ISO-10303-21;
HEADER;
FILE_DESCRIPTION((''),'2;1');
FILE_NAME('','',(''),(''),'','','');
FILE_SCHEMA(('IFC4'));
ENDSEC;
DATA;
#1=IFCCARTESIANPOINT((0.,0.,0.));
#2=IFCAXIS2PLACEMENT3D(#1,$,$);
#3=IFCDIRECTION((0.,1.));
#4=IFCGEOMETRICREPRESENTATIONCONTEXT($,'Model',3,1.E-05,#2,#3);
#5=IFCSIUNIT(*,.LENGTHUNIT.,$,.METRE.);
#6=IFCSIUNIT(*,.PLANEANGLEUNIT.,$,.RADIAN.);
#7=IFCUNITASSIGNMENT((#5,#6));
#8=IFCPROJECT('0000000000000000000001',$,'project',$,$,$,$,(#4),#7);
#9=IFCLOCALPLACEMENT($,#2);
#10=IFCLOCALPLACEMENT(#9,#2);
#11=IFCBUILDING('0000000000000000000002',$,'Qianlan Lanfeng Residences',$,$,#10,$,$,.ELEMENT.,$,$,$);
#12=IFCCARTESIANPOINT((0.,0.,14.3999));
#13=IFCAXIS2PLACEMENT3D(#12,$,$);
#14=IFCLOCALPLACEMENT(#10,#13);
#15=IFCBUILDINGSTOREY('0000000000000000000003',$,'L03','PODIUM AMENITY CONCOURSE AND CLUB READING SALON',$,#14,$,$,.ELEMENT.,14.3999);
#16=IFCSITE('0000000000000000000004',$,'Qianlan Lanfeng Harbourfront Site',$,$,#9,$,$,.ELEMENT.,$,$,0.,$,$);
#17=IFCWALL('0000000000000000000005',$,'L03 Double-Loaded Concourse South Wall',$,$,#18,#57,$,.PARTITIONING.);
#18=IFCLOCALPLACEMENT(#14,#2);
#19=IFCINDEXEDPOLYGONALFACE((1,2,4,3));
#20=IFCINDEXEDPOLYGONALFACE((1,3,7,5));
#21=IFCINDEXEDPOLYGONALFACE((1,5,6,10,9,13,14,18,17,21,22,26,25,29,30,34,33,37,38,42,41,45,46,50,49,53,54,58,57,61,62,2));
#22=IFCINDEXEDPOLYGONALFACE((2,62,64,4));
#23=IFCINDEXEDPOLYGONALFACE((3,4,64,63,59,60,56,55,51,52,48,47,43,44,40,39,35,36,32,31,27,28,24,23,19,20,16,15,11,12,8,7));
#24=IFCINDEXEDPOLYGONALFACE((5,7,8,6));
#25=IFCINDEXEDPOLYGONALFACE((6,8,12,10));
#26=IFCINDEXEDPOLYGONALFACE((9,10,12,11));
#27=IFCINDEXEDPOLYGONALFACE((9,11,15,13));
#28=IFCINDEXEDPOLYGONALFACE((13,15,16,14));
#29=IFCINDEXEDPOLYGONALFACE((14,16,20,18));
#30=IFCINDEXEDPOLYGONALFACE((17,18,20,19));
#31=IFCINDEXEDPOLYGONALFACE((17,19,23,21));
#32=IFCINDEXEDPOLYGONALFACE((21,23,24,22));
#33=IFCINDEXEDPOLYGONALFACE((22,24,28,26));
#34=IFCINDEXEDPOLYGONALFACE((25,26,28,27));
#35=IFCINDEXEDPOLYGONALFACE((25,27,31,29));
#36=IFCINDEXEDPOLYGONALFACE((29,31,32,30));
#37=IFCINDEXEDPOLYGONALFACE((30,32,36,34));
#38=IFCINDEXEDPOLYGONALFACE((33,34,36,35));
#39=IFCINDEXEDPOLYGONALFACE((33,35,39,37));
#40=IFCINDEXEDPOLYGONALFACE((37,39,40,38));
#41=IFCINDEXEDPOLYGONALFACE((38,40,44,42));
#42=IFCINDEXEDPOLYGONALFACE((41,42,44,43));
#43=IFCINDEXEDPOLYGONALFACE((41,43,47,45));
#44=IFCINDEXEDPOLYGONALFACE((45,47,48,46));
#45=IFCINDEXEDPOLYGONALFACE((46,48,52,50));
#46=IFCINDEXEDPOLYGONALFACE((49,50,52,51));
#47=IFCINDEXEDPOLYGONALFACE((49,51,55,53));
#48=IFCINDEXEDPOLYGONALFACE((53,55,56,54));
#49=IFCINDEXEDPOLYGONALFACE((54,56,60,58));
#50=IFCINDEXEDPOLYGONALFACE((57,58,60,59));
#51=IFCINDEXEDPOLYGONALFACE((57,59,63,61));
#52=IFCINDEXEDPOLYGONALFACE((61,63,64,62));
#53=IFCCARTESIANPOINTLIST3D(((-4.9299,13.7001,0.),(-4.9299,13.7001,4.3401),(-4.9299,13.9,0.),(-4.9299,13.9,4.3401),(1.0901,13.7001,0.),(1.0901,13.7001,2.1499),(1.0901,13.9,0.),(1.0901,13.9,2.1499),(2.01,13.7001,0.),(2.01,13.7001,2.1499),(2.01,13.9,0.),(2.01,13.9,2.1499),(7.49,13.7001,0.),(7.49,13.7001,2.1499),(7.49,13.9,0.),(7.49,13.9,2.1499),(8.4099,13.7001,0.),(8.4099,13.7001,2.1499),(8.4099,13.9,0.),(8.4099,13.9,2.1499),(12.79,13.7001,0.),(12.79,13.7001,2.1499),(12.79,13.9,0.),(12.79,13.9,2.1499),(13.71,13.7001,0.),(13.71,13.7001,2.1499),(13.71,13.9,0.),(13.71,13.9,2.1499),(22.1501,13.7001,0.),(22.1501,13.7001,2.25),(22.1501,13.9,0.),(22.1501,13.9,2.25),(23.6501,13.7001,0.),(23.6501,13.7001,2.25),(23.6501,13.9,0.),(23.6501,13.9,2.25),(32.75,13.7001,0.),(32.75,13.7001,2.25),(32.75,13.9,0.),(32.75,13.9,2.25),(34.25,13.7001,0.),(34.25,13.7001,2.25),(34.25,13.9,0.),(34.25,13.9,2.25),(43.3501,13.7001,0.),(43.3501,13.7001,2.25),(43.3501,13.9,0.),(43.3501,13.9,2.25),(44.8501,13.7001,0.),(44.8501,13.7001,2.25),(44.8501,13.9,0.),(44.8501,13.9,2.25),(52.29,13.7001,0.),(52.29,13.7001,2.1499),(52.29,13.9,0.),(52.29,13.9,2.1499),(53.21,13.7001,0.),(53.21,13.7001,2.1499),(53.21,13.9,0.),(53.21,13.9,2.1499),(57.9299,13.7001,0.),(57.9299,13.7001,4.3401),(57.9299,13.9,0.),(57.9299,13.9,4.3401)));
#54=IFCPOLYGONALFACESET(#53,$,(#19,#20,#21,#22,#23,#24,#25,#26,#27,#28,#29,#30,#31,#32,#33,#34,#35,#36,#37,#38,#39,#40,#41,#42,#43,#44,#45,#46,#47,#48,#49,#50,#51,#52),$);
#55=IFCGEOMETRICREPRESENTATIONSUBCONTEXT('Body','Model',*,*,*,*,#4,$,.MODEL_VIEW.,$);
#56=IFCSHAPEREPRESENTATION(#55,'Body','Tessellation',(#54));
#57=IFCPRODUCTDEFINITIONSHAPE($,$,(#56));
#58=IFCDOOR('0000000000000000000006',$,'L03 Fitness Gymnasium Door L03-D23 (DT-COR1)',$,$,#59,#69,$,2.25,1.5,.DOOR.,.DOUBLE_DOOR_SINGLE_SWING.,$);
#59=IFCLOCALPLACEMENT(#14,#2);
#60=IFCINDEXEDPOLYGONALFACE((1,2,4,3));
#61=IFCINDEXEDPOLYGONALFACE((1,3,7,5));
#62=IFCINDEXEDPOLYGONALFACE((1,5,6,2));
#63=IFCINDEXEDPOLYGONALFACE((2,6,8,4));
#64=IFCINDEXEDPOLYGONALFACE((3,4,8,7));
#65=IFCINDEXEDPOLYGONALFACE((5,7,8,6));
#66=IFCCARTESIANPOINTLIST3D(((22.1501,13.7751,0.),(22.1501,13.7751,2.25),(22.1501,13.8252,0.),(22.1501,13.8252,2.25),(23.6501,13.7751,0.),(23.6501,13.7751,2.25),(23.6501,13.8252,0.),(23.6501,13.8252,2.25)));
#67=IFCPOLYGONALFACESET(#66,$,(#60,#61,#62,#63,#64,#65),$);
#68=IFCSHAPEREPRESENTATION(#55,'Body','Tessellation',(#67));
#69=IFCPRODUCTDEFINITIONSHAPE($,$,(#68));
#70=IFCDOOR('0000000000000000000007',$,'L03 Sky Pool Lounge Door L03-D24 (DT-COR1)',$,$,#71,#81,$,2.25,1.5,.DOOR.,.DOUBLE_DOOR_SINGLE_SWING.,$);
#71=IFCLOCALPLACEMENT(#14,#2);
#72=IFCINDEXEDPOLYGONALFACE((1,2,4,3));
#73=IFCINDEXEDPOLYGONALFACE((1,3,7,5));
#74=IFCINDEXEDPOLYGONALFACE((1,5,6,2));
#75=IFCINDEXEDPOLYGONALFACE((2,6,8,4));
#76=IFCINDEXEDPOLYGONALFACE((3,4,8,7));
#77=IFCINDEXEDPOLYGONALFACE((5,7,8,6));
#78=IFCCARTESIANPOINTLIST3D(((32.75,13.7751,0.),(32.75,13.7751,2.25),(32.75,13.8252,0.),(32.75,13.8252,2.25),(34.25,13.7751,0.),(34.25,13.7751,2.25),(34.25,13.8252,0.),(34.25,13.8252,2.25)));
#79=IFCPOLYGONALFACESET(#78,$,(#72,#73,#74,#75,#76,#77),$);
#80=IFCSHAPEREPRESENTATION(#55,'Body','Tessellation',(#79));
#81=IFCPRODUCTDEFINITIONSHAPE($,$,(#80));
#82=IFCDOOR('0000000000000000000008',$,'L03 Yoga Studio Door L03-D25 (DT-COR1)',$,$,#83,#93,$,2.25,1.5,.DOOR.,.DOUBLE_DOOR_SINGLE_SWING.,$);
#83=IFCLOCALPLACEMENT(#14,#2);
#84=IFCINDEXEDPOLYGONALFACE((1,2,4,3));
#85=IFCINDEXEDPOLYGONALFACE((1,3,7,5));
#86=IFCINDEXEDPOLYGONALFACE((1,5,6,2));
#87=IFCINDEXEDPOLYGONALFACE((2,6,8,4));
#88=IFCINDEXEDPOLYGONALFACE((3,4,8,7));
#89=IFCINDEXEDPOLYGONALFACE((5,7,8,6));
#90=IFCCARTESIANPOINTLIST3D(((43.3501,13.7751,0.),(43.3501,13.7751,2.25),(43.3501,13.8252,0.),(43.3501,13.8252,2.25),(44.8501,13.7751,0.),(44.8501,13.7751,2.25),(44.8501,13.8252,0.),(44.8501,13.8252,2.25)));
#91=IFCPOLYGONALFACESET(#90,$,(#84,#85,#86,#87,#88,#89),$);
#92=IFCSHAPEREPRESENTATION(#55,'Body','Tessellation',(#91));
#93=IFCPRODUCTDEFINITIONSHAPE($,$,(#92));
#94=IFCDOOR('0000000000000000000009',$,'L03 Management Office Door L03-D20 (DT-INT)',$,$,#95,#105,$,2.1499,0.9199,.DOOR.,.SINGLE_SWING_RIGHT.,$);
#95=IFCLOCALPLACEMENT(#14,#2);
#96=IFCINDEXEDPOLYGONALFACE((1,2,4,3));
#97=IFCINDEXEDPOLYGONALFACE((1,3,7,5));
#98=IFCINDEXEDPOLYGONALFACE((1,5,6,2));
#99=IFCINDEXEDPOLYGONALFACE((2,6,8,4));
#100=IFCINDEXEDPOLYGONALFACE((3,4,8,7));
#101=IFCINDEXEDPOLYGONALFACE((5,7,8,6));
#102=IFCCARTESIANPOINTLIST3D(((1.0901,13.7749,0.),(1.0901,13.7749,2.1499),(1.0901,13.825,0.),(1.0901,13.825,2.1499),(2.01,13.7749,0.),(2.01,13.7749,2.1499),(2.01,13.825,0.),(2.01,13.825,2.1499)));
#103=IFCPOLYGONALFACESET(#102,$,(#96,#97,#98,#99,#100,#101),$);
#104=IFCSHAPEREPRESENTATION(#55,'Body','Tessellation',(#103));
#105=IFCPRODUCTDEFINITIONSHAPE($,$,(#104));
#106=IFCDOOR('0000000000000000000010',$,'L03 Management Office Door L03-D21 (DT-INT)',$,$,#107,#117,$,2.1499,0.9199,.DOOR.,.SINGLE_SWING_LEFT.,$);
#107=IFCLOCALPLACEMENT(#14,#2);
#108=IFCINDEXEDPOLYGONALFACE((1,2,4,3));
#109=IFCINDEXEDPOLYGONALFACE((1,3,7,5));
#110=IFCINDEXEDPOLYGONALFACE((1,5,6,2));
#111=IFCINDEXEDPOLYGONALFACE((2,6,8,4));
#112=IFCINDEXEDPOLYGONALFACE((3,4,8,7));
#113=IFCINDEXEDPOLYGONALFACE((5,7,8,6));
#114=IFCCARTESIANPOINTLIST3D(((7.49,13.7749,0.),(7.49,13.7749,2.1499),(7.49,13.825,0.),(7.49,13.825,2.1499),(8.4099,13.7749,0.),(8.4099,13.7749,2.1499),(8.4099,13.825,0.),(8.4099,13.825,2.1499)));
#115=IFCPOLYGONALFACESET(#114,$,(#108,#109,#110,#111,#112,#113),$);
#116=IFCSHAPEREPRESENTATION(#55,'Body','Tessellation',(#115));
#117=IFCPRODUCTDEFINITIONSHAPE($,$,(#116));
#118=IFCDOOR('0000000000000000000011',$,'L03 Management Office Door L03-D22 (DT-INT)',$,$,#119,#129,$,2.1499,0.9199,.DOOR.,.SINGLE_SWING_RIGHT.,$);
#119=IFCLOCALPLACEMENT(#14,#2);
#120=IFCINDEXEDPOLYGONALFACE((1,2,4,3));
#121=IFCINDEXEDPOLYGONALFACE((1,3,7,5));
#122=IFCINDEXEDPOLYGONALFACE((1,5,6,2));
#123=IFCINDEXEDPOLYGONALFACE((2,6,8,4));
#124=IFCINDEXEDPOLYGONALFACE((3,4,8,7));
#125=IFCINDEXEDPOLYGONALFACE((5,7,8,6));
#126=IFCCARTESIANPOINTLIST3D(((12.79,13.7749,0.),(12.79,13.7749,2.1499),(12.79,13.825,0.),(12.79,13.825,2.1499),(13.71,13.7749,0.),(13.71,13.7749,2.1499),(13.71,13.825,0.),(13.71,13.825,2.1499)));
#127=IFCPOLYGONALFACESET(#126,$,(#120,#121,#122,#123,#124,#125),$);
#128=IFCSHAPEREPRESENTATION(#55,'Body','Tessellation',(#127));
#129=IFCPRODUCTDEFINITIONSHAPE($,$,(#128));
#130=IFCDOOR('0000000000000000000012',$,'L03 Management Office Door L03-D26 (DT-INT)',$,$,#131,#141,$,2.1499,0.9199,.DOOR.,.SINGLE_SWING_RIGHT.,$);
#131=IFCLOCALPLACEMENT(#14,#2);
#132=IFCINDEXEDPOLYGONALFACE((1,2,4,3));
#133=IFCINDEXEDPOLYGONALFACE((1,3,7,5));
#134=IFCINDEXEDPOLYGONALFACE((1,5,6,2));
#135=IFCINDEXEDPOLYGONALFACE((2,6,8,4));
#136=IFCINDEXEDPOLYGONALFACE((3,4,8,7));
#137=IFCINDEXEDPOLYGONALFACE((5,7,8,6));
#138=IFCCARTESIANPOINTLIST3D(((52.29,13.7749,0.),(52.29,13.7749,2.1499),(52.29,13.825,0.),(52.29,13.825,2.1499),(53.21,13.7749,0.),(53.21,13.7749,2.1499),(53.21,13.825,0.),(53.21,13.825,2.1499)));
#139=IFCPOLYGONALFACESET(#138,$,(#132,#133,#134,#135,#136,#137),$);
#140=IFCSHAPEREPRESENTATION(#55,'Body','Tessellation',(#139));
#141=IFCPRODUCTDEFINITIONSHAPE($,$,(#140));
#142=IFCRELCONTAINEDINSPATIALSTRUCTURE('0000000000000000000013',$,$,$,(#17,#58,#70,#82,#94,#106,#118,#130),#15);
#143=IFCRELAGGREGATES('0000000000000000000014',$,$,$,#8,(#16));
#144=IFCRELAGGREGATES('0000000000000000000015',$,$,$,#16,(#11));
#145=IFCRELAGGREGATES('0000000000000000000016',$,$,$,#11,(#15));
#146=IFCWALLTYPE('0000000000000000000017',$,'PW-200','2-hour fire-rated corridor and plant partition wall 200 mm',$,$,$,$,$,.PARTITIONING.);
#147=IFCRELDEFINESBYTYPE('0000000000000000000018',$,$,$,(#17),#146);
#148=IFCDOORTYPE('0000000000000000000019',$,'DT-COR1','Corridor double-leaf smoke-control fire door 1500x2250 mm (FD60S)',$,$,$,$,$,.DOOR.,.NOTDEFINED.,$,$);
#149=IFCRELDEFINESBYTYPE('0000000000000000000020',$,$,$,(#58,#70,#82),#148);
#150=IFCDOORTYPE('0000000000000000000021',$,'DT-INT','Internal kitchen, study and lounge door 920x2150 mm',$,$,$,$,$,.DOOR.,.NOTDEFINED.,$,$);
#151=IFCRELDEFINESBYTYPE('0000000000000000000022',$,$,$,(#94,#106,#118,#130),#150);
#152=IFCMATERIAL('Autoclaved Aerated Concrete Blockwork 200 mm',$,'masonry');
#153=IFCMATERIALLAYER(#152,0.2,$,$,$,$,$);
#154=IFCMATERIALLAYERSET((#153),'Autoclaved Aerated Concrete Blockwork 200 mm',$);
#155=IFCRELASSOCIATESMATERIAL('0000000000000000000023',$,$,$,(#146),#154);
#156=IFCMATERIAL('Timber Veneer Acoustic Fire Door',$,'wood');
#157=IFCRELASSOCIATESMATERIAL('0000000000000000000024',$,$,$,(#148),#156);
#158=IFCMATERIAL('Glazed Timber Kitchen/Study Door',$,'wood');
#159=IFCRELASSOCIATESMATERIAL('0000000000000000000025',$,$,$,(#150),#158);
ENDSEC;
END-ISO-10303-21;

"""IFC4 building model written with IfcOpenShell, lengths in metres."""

from ifc_helpers import new_model, si_unit, direction, frame, frame_2d, origin, place, context, subcontext, project, spatial, rectangle, extrude, material, layer, layer_set, type_object, element, fill, save


model = new_model("IFC4")

# Units and contexts
model_context = context("Model", 3, precision=1e-05, world=origin(), true_north=direction((0.0, 1.0)))
body_context = subcontext(model_context, "Body", "Model", "MODEL_VIEW")
ifc_project = project(units=[si_unit("LENGTHUNIT", "METRE"), si_unit("PLANEANGLEUNIT", "RADIAN")], contexts=[model_context])

# Site, building, storey
site_placement = place(None, origin())
site = spatial("IfcSite", under=ifc_project, at=site_placement, Name="Qianlan Lanfeng Harbourfront Site", CompositionType="ELEMENT", RefElevation=0.0)
building_placement = place(site_placement, origin())
building = spatial("IfcBuilding", under=site, at=building_placement, Name="Qianlan Lanfeng Residences", CompositionType="ELEMENT")
storey_placement = place(building_placement, frame((0.0, 0.0, 14.3999)))
storey = spatial("IfcBuildingStorey", under=building, at=storey_placement, Name="L03", Description="PODIUM AMENITY CONCOURSE AND CLUB READING SALON", CompositionType="ELEMENT", Elevation=14.3999)

# Wall, openings, doors
ifc_material_1 = material(Name="Autoclaved Aerated Concrete Blockwork 200 mm", Category="masonry")
ifc_layer_1 = layer(ifc_material_1, 0.2)
ifc_layer_set_1 = layer_set([ifc_layer_1], Name="Autoclaved Aerated Concrete Blockwork 200 mm")
wall_type = type_object("IfcWallType", Name="PW-200", Description="2-hour fire-rated corridor and plant partition wall 200 mm", PredefinedType="PARTITIONING", material=ifc_layer_set_1)
wall_placement = place(storey_placement, frame((-4.9299, 13.8, 0.0), z_axis=(0.0, 0.0, 1.0), x_axis=(1.0, 0.0, 0.0)))
wall = element("IfcWall", 1, at=wall_placement, inside=storey, type_object=wall_type, Name="L03 Double-Loaded Concourse South Wall", PredefinedType="PARTITIONING", context=body_context, shape_type="SweptSolid", body=[
    extrude(rectangle(XDim=62.8599, YDim=0.2, at=frame_2d((31.4299, 0.0))), origin(), (0.0, 0.0, 1.0), 4.3401),
])
opening_1_placement = place(wall_placement, frame((6.02, 0.0, 0.0)))
opening_1 = element("IfcOpeningElement", 2, at=opening_1_placement, cuts=wall, PredefinedType="OPENING", context=body_context, shape_type="SweptSolid", body=[
    extrude(rectangle(XDim=0.9199, YDim=2.1499, at=frame_2d((0.46, 1.075))), frame((0.0, 0.1099, 0.0), z_axis=(0.0, -1.0, 0.0), x_axis=(1.0, 0.0, 0.0)), (0.0, 0.0, 1.0), 0.22),
])
opening_2_placement = place(wall_placement, frame((12.4199, 0.0, 0.0)))
opening_2 = element("IfcOpeningElement", 3, at=opening_2_placement, cuts=wall, PredefinedType="OPENING", context=body_context, shape_type="SweptSolid", body=[
    extrude(rectangle(XDim=0.9199, YDim=2.1499, at=frame_2d((0.46, 1.075))), frame((0.0, 0.1099, 0.0), z_axis=(0.0, -1.0, 0.0), x_axis=(1.0, 0.0, 0.0)), (0.0, 0.0, 1.0), 0.22),
])
opening_3_placement = place(wall_placement, frame((17.72, 0.0, 0.0)))
opening_3 = element("IfcOpeningElement", 4, at=opening_3_placement, cuts=wall, PredefinedType="OPENING", context=body_context, shape_type="SweptSolid", body=[
    extrude(rectangle(XDim=0.9199, YDim=2.1499, at=frame_2d((0.46, 1.075))), frame((0.0, 0.1099, 0.0), z_axis=(0.0, -1.0, 0.0), x_axis=(1.0, 0.0, 0.0)), (0.0, 0.0, 1.0), 0.22),
])
opening_4_placement = place(wall_placement, frame((27.0801, 0.0, 0.0)))
opening_4 = element("IfcOpeningElement", 5, at=opening_4_placement, cuts=wall, PredefinedType="OPENING", context=body_context, shape_type="SweptSolid", body=[
    extrude(rectangle(XDim=1.5, YDim=2.25, at=frame_2d((0.75, 1.125))), frame((0.0, 0.1099, 0.0), z_axis=(0.0, -1.0, 0.0), x_axis=(1.0, 0.0, 0.0)), (0.0, 0.0, 1.0), 0.22),
])
opening_5_placement = place(wall_placement, frame((37.6799, 0.0, 0.0)))
opening_5 = element("IfcOpeningElement", 6, at=opening_5_placement, cuts=wall, PredefinedType="OPENING", context=body_context, shape_type="SweptSolid", body=[
    extrude(rectangle(XDim=1.5, YDim=2.25, at=frame_2d((0.75, 1.125))), frame((0.0, 0.1099, 0.0), z_axis=(0.0, -1.0, 0.0), x_axis=(1.0, 0.0, 0.0)), (0.0, 0.0, 1.0), 0.22),
])
opening_6_placement = place(wall_placement, frame((48.28, 0.0, 0.0)))
opening_6 = element("IfcOpeningElement", 7, at=opening_6_placement, cuts=wall, PredefinedType="OPENING", context=body_context, shape_type="SweptSolid", body=[
    extrude(rectangle(XDim=1.5, YDim=2.25, at=frame_2d((0.75, 1.125))), frame((0.0, 0.1099, 0.0), z_axis=(0.0, -1.0, 0.0), x_axis=(1.0, 0.0, 0.0)), (0.0, 0.0, 1.0), 0.22),
])
opening_7_placement = place(wall_placement, frame((57.22, 0.0, 0.0)))
opening_7 = element("IfcOpeningElement", 8, at=opening_7_placement, cuts=wall, PredefinedType="OPENING", context=body_context, shape_type="SweptSolid", body=[
    extrude(rectangle(XDim=0.9199, YDim=2.1499, at=frame_2d((0.46, 1.075))), frame((0.0, 0.1099, 0.0), z_axis=(0.0, -1.0, 0.0), x_axis=(1.0, 0.0, 0.0)), (0.0, 0.0, 1.0), 0.22),
])
ifc_material_2 = material(Name="Timber Veneer Acoustic Fire Door", Category="wood")
door_type_1 = type_object("IfcDoorType", Name="DT-COR1", Description="Corridor double-leaf smoke-control fire door 1500x2250 mm (FD60S)", OperationType="NOTDEFINED", PredefinedType="DOOR", material=ifc_material_2)
door_1_placement = place(opening_4_placement, frame((1.5, 0.0, 0.0), z_axis=(0.0, 0.0, 1.0), x_axis=(-1.0, 0.0, 0.0)))
door_1 = element("IfcDoor", 9, at=door_1_placement, inside=storey, type_object=door_type_1, Name="L03 Fitness Gymnasium Door L03-D23 (DT-COR1)", OperationType="DOUBLE_DOOR_SINGLE_SWING", OverallHeight=2.25, OverallWidth=1.5, PredefinedType="DOOR", context=body_context, shape_type="SweptSolid", body=[
    extrude(rectangle(XDim=1.5, YDim=2.25, at=frame_2d((0.75, 1.125))), frame((0.0, 0.0249, 0.0), z_axis=(0.0, -1.0, 0.0), x_axis=(1.0, 0.0, 0.0)), (0.0, 0.0, 1.0), 0.05),
])
fill(opening_4, door_1)
door_2_placement = place(opening_5_placement, frame((1.5, 0.0, 0.0), z_axis=(0.0, 0.0, 1.0), x_axis=(-1.0, 0.0, 0.0)))
door_2 = element("IfcDoor", 10, at=door_2_placement, inside=storey, type_object=door_type_1, Name="L03 Sky Pool Lounge Door L03-D24 (DT-COR1)", OperationType="DOUBLE_DOOR_SINGLE_SWING", OverallHeight=2.25, OverallWidth=1.5, PredefinedType="DOOR", context=body_context, shape_type="SweptSolid", body=[
    extrude(rectangle(XDim=1.5, YDim=2.25, at=frame_2d((0.75, 1.125))), frame((0.0, 0.0249, 0.0), z_axis=(0.0, -1.0, 0.0), x_axis=(1.0, 0.0, 0.0)), (0.0, 0.0, 1.0), 0.05),
])
fill(opening_5, door_2)
door_3_placement = place(opening_6_placement, frame((1.5, 0.0, 0.0), z_axis=(0.0, 0.0, 1.0), x_axis=(-1.0, 0.0, 0.0)))
door_3 = element("IfcDoor", 11, at=door_3_placement, inside=storey, type_object=door_type_1, Name="L03 Yoga Studio Door L03-D25 (DT-COR1)", OperationType="DOUBLE_DOOR_SINGLE_SWING", OverallHeight=2.25, OverallWidth=1.5, PredefinedType="DOOR", context=body_context, shape_type="SweptSolid", body=[
    extrude(rectangle(XDim=1.5, YDim=2.25, at=frame_2d((0.75, 1.125))), frame((0.0, 0.0249, 0.0), z_axis=(0.0, -1.0, 0.0), x_axis=(1.0, 0.0, 0.0)), (0.0, 0.0, 1.0), 0.05),
])
fill(opening_6, door_3)
ifc_material_3 = material(Name="Glazed Timber Kitchen/Study Door", Category="wood")
door_type_2 = type_object("IfcDoorType", Name="DT-INT", Description="Internal kitchen, study and lounge door 920x2150 mm", OperationType="NOTDEFINED", PredefinedType="DOOR", material=ifc_material_3)
door_4_placement = place(opening_1_placement, origin())
door_4 = element("IfcDoor", 12, at=door_4_placement, inside=storey, type_object=door_type_2, Name="L03 Management Office Door L03-D20 (DT-INT)", OperationType="SINGLE_SWING_RIGHT", OverallHeight=2.1499, OverallWidth=0.9199, PredefinedType="DOOR", context=body_context, shape_type="SweptSolid", body=[
    extrude(rectangle(XDim=0.9199, YDim=2.1499, at=frame_2d((0.46, 1.075))), frame((0.0, 0.0249, 0.0), z_axis=(0.0, -1.0, 0.0), x_axis=(1.0, 0.0, 0.0)), (0.0, 0.0, 1.0), 0.05),
])
fill(opening_1, door_4)
door_5_placement = place(opening_2_placement, origin())
door_5 = element("IfcDoor", 13, at=door_5_placement, inside=storey, type_object=door_type_2, Name="L03 Management Office Door L03-D21 (DT-INT)", OperationType="SINGLE_SWING_LEFT", OverallHeight=2.1499, OverallWidth=0.9199, PredefinedType="DOOR", context=body_context, shape_type="SweptSolid", body=[
    extrude(rectangle(XDim=0.9199, YDim=2.1499, at=frame_2d((0.46, 1.075))), frame((0.0, 0.0249, 0.0), z_axis=(0.0, -1.0, 0.0), x_axis=(1.0, 0.0, 0.0)), (0.0, 0.0, 1.0), 0.05),
])
fill(opening_2, door_5)
door_6_placement = place(opening_3_placement, origin())
door_6 = element("IfcDoor", 14, at=door_6_placement, inside=storey, type_object=door_type_2, Name="L03 Management Office Door L03-D22 (DT-INT)", OperationType="SINGLE_SWING_RIGHT", OverallHeight=2.1499, OverallWidth=0.9199, PredefinedType="DOOR", context=body_context, shape_type="SweptSolid", body=[
    extrude(rectangle(XDim=0.9199, YDim=2.1499, at=frame_2d((0.46, 1.075))), frame((0.0, 0.0249, 0.0), z_axis=(0.0, -1.0, 0.0), x_axis=(1.0, 0.0, 0.0)), (0.0, 0.0, 1.0), 0.05),
])
fill(opening_3, door_6)
door_7_placement = place(opening_7_placement, origin())
door_7 = element("IfcDoor", 15, at=door_7_placement, inside=storey, type_object=door_type_2, Name="L03 Management Office Door L03-D26 (DT-INT)", OperationType="SINGLE_SWING_RIGHT", OverallHeight=2.1499, OverallWidth=0.9199, PredefinedType="DOOR", context=body_context, shape_type="SweptSolid", body=[
    extrude(rectangle(XDim=0.9199, YDim=2.1499, at=frame_2d((0.46, 1.075))), frame((0.0, 0.0249, 0.0), z_axis=(0.0, -1.0, 0.0), x_axis=(1.0, 0.0, 0.0)), (0.0, 0.0, 1.0), 0.05),
])
fill(opening_7, door_7)

save(model, "model.ifc")
